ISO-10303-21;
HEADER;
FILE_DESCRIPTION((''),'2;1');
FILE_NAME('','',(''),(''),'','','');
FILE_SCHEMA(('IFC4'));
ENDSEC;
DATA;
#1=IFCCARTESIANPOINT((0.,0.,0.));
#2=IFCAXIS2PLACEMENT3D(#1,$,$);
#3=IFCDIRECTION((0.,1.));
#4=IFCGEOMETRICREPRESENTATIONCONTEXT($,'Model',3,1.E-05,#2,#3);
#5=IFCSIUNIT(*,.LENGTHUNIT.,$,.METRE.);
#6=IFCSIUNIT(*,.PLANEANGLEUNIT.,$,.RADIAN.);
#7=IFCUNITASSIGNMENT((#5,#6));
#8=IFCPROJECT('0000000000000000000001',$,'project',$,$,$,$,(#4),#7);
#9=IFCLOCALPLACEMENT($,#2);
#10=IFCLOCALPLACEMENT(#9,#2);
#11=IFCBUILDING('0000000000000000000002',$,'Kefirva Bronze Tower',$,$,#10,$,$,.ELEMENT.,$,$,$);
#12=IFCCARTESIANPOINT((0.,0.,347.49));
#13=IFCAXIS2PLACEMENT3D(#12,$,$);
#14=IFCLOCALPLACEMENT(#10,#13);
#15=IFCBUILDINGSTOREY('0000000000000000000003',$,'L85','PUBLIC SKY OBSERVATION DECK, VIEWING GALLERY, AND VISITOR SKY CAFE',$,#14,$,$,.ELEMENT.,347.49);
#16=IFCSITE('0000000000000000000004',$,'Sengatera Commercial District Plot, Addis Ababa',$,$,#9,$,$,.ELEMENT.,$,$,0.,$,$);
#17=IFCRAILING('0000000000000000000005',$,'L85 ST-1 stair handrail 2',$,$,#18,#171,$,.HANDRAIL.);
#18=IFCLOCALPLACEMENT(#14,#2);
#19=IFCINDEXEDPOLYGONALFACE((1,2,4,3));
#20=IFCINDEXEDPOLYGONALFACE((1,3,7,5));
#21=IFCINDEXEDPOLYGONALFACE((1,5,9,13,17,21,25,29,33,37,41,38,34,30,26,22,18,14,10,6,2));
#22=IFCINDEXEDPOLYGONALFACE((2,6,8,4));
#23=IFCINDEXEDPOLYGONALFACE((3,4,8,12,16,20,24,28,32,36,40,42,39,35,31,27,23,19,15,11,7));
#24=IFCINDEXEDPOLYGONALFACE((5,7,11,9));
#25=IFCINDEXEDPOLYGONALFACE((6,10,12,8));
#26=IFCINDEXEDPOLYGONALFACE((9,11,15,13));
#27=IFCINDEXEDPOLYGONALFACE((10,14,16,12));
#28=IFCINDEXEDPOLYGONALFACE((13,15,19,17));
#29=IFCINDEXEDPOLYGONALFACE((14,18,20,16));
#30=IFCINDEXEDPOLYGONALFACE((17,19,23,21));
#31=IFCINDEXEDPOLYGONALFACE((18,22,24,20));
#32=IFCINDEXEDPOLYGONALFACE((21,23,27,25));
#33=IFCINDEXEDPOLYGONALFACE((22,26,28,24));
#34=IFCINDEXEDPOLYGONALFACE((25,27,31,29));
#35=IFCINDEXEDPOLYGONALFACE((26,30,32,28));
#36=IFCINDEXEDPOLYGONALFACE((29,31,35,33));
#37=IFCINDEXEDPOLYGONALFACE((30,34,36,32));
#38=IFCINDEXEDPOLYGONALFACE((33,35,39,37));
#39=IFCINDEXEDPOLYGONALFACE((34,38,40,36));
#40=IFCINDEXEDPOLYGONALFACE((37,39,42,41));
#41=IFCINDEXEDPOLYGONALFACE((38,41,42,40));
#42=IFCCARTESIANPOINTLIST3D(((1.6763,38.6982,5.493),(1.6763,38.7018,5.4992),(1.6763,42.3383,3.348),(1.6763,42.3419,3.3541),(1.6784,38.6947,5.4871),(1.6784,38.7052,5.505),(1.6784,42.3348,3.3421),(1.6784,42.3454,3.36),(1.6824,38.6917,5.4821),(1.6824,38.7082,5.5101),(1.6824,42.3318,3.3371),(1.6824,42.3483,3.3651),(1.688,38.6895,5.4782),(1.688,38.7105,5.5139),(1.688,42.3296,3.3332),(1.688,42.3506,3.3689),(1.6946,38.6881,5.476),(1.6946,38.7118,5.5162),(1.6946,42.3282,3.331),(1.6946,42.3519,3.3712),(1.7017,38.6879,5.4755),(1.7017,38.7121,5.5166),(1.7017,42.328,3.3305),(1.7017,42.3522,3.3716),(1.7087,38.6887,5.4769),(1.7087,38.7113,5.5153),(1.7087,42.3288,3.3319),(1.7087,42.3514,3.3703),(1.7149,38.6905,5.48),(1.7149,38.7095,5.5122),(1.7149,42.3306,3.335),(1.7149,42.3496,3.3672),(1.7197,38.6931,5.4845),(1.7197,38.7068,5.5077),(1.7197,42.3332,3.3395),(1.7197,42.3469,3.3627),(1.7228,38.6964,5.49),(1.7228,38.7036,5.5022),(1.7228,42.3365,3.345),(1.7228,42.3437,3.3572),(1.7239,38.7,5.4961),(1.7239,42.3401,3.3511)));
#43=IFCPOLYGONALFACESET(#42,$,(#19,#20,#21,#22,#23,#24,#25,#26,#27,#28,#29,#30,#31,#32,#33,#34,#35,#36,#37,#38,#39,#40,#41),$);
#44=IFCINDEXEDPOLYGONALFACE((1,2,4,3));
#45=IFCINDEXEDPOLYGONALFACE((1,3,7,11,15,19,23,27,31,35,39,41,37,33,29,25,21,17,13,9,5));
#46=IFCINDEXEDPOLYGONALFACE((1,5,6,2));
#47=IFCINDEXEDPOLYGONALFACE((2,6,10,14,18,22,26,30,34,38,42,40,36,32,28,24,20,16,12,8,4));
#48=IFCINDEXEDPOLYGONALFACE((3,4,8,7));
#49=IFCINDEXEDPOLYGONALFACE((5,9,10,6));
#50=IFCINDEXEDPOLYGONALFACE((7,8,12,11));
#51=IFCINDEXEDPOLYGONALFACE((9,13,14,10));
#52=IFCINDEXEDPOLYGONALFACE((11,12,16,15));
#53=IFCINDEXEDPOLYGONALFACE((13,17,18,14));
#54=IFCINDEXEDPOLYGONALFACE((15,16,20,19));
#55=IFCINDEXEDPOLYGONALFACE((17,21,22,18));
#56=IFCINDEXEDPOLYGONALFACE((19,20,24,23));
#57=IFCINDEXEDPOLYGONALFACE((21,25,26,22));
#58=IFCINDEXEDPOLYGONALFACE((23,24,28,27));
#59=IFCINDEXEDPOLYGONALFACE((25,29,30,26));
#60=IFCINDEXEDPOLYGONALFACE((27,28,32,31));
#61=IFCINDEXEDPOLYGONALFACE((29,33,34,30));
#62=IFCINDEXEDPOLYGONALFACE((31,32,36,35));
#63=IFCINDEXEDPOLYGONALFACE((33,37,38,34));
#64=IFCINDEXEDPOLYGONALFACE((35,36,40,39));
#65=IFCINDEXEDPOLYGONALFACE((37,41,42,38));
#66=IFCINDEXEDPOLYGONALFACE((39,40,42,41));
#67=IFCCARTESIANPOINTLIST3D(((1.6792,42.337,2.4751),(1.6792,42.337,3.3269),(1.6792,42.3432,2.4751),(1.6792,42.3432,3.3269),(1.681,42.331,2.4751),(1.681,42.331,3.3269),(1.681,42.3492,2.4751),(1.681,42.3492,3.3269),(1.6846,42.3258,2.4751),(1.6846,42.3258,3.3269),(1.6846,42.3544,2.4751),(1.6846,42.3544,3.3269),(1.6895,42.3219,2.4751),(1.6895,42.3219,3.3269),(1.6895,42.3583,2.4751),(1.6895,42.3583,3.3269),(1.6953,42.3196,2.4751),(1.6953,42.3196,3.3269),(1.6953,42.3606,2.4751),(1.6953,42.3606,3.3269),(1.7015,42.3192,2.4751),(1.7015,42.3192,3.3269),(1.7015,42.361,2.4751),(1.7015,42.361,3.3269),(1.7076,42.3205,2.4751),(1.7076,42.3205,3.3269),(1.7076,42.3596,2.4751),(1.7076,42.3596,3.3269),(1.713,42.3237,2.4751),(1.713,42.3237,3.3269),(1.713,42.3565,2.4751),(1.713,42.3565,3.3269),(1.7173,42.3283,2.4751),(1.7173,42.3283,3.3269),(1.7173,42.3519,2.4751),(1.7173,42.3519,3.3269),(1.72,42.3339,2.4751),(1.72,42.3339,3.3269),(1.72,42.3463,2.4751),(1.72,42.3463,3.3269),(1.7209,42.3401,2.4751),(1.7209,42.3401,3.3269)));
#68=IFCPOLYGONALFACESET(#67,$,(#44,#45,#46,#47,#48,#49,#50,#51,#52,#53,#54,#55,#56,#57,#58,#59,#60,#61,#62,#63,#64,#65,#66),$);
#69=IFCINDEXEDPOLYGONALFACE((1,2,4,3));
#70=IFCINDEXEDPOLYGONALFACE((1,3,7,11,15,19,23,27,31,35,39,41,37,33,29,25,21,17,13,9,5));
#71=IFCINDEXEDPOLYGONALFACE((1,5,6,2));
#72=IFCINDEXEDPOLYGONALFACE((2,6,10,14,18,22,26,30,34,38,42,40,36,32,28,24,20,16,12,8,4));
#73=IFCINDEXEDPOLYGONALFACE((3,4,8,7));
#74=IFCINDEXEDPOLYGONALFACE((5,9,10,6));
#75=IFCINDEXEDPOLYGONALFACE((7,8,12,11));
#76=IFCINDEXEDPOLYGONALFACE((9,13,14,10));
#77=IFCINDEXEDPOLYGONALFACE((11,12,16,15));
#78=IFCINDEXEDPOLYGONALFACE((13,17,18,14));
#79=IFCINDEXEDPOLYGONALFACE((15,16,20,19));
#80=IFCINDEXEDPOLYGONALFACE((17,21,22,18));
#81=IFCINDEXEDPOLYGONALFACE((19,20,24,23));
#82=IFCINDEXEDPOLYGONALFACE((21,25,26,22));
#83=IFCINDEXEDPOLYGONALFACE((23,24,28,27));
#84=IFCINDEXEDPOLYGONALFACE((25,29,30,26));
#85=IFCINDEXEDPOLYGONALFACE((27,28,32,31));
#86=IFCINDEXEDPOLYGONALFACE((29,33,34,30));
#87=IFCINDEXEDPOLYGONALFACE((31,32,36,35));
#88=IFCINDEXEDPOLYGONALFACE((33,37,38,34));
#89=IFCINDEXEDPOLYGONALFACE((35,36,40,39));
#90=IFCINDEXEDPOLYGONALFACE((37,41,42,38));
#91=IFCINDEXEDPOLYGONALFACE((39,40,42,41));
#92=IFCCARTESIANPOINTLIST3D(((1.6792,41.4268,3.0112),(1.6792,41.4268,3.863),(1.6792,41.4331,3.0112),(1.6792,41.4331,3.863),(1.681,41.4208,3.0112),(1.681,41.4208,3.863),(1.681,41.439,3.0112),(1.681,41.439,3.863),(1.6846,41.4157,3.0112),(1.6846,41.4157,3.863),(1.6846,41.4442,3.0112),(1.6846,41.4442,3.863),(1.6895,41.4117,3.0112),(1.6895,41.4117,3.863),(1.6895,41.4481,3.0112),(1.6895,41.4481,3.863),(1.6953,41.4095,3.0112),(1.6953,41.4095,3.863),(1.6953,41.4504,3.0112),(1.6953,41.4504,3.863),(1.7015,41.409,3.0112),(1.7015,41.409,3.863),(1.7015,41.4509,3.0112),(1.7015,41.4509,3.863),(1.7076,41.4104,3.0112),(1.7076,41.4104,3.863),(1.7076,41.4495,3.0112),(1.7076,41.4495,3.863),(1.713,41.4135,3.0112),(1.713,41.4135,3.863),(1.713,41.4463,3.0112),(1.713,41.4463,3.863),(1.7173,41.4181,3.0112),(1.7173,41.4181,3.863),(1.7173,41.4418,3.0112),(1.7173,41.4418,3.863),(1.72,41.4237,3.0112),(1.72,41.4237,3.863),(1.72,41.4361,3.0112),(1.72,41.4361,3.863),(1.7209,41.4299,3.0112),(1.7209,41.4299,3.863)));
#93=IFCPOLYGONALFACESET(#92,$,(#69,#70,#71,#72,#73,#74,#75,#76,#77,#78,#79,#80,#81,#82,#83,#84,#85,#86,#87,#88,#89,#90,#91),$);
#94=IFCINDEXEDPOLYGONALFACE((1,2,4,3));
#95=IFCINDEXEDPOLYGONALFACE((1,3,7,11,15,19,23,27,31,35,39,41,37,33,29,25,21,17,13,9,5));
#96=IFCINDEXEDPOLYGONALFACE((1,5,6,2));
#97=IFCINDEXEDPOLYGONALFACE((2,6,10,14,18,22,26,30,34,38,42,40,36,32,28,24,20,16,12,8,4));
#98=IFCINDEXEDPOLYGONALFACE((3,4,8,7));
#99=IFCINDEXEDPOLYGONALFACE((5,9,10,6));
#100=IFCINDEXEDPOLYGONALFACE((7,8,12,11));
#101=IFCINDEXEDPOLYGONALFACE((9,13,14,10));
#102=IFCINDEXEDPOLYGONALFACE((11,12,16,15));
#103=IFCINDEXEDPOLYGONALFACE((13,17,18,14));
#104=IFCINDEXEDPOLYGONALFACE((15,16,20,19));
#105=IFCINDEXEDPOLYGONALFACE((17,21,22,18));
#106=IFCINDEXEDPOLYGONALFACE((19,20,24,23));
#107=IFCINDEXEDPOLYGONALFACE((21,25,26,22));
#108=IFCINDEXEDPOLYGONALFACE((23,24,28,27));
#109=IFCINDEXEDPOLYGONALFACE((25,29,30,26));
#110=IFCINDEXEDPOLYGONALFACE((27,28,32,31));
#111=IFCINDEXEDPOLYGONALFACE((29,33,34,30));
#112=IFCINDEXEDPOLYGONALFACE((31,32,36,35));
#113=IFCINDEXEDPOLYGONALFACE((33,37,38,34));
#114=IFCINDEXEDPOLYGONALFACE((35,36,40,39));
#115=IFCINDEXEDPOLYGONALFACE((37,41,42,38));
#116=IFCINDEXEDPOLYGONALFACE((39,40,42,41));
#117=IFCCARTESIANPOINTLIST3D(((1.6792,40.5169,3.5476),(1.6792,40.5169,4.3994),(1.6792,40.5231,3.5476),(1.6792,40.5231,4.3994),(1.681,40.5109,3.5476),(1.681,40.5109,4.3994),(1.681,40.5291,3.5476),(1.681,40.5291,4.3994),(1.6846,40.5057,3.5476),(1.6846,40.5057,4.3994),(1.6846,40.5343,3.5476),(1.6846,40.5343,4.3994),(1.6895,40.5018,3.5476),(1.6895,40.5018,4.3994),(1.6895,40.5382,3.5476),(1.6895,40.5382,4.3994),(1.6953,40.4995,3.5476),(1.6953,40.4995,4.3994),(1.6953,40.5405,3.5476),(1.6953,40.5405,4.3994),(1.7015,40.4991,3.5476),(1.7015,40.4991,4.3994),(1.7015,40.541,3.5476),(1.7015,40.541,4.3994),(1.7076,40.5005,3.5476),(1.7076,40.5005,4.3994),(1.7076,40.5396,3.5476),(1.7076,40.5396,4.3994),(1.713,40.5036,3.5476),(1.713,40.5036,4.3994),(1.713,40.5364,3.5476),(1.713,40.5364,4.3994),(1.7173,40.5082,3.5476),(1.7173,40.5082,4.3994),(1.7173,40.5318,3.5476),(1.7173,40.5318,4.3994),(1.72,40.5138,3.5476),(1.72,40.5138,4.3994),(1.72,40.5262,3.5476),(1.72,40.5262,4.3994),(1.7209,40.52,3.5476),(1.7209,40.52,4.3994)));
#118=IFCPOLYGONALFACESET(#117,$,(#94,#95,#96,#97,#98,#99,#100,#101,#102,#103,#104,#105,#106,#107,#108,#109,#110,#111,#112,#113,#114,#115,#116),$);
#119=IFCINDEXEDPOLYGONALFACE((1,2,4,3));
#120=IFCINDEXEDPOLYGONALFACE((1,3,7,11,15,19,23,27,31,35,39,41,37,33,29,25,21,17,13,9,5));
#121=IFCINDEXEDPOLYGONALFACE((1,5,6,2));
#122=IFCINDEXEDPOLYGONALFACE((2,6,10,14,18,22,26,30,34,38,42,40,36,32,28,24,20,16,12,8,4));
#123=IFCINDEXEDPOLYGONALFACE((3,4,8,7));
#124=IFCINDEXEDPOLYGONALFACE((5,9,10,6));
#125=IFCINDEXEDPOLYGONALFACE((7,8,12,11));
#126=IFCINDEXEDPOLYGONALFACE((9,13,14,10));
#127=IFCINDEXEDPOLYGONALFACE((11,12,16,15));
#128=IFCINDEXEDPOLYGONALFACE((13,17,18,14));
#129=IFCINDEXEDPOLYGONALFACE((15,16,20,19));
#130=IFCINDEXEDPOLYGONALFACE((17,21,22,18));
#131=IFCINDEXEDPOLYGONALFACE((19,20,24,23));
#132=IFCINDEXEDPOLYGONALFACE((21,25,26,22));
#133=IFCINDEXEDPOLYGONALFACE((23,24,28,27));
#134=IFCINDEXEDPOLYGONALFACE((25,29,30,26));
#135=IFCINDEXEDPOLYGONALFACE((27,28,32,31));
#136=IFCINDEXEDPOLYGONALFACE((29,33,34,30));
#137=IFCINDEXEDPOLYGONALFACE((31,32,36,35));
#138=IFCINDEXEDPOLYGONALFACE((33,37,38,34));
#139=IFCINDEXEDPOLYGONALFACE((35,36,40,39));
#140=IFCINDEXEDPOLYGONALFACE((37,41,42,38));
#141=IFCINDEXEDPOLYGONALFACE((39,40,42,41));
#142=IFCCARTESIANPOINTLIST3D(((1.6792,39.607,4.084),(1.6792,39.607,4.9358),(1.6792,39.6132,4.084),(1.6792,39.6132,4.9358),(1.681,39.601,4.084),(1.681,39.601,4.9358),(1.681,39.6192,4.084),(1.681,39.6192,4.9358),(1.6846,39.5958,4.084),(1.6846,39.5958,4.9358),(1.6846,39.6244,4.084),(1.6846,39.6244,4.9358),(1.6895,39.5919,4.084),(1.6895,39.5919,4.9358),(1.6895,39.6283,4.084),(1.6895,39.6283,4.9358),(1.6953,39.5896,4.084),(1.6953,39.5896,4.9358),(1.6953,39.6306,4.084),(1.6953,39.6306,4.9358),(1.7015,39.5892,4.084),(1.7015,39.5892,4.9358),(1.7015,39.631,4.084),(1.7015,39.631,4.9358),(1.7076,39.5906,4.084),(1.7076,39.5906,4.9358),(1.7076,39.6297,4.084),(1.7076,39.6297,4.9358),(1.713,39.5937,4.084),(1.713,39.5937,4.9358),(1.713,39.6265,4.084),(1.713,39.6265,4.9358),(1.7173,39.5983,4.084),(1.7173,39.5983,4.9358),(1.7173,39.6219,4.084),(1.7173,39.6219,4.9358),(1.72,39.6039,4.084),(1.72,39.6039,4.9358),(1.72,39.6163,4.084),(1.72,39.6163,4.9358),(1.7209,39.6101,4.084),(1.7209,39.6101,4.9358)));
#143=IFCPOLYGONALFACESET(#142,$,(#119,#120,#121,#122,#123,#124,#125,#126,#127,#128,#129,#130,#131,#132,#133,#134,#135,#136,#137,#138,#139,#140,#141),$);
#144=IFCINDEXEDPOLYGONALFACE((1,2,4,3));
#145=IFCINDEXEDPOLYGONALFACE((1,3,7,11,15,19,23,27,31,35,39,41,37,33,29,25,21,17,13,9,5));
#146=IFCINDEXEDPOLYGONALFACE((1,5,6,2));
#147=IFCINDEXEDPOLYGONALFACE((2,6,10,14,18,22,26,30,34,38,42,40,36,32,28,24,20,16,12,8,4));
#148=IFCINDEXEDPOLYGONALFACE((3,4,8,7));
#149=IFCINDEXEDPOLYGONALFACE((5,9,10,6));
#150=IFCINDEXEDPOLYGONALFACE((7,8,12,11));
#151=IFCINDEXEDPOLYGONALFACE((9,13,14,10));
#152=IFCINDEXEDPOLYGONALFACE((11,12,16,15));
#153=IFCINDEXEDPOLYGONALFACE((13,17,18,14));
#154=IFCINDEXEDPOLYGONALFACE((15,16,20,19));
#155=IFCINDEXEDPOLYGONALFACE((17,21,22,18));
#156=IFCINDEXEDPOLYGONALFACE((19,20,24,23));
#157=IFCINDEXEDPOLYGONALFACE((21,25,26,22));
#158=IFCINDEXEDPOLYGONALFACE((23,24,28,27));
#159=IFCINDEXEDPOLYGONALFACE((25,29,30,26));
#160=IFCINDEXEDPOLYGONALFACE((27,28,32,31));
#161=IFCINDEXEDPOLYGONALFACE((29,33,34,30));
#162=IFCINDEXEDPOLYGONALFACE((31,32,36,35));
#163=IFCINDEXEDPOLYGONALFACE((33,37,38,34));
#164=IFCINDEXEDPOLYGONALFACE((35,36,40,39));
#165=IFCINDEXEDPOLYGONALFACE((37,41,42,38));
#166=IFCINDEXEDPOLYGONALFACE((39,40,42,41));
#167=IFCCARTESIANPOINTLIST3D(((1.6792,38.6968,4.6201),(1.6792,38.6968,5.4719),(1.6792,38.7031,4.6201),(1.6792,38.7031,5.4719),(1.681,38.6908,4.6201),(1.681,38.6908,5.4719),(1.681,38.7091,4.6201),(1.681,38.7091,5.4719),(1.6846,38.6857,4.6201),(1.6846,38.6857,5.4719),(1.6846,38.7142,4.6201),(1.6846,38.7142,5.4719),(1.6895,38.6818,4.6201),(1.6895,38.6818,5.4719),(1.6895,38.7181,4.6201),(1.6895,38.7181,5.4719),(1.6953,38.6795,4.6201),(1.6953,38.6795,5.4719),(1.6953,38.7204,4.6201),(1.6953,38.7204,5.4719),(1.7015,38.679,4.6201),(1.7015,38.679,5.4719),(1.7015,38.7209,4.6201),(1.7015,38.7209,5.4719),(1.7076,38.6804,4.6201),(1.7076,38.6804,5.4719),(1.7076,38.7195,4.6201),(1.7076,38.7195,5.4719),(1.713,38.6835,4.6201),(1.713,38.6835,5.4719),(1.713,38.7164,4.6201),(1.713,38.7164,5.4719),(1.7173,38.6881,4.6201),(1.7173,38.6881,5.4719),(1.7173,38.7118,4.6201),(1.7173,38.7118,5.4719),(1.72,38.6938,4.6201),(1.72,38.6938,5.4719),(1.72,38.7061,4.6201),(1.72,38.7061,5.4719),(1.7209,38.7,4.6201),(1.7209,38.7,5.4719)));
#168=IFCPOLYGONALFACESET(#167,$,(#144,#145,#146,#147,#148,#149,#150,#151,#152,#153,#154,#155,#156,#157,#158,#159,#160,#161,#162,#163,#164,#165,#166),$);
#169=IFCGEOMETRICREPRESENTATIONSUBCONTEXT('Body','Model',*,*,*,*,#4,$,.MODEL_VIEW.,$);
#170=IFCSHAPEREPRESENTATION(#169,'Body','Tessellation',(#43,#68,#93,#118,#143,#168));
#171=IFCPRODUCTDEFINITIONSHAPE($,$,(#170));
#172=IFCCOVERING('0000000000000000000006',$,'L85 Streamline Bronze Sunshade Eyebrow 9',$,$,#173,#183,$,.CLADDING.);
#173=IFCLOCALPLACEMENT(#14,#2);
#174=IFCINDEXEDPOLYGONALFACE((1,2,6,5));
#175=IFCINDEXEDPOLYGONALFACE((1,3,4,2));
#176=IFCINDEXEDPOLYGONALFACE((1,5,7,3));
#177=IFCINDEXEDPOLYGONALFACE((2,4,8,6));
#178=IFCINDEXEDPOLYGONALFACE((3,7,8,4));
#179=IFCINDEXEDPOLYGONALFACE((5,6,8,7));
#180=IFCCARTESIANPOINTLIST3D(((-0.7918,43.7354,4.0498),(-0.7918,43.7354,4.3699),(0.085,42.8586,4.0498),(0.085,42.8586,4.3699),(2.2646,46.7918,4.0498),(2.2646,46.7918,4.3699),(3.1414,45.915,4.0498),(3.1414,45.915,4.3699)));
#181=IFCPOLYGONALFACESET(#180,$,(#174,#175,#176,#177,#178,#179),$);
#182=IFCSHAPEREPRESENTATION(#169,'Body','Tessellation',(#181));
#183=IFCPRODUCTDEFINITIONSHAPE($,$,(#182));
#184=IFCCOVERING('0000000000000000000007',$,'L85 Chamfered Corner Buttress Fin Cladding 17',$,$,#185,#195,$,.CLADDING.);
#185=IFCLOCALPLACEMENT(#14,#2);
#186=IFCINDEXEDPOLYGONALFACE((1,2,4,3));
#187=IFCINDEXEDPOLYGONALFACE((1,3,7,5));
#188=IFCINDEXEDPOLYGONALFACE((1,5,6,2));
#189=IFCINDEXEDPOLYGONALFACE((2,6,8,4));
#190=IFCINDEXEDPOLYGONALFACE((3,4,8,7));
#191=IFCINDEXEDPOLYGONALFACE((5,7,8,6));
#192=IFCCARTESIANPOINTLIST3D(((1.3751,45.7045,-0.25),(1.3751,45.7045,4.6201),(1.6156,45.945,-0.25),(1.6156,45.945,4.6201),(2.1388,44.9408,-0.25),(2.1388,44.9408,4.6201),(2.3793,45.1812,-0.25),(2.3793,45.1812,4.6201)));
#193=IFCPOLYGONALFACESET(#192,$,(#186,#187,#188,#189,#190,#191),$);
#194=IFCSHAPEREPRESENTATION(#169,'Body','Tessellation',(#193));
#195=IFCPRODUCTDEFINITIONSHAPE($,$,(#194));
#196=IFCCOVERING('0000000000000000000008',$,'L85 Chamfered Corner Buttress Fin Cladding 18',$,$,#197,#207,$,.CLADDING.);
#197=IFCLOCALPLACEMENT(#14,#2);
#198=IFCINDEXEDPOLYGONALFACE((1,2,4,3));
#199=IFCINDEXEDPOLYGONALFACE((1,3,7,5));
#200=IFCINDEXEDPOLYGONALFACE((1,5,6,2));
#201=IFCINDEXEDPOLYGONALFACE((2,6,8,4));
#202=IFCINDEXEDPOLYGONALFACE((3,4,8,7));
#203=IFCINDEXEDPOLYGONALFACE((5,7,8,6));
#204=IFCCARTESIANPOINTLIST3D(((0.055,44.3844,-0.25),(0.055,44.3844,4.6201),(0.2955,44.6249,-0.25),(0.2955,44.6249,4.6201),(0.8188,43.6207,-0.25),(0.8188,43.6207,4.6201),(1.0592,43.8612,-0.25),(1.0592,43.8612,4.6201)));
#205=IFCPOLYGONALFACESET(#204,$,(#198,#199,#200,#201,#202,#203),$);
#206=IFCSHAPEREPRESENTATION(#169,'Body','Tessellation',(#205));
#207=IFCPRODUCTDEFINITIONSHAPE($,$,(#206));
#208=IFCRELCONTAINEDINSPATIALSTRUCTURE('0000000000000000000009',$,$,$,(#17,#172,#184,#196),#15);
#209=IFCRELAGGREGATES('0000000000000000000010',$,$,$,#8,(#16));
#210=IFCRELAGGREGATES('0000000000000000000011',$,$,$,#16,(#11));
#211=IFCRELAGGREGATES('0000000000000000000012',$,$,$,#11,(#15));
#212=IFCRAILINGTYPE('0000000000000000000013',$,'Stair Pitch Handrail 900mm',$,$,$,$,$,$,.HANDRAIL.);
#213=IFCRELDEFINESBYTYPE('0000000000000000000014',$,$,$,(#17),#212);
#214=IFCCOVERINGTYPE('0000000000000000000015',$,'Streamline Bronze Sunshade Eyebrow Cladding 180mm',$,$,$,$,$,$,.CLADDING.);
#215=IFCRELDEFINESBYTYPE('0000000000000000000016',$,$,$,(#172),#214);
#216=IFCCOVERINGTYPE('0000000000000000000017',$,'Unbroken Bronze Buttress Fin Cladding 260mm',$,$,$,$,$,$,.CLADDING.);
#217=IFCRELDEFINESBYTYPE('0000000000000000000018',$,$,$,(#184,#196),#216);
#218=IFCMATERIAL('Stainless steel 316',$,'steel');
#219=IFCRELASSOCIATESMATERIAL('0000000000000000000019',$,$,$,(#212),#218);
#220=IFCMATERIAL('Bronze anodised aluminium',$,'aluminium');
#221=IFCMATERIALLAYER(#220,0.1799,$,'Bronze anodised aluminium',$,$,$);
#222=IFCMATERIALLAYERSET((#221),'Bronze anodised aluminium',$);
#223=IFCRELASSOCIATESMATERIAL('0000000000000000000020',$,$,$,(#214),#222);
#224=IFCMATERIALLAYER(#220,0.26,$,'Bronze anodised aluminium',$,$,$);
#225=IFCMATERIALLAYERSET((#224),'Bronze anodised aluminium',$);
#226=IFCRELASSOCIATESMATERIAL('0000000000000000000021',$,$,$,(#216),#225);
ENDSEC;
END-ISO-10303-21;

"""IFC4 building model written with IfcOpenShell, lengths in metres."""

from ifc_helpers import new_model, si_unit, direction, frame, origin, origin_2d, place, context, subcontext, project, spatial, rectangle, circle, extrude, material, layer, layer_set, type_object, element, save


model = new_model("IFC4")

# Units and contexts
model_context = context("Model", 3, precision=1e-05, world=origin(), true_north=direction((0.0, 1.0)))
body_context = subcontext(model_context, "Body", "Model", "MODEL_VIEW")
ifc_project = project(units=[si_unit("LENGTHUNIT", "METRE"), si_unit("PLANEANGLEUNIT", "RADIAN")], contexts=[model_context])

# Site, building, storey
site_placement = place(None, origin())
site = spatial("IfcSite", under=ifc_project, at=site_placement, Name="Sengatera Commercial District Plot, Addis Ababa", CompositionType="ELEMENT", RefElevation=0.0)
building_placement = place(site_placement, origin())
building = spatial("IfcBuilding", under=site, at=building_placement, Name="Kefirva Bronze Tower", CompositionType="ELEMENT")
storey_placement = place(building_placement, frame((0.0, 0.0, 347.49)))
storey = spatial("IfcBuildingStorey", under=building, at=storey_placement, Name="L85", Description="PUBLIC SKY OBSERVATION DECK, VIEWING GALLERY, AND VISITOR SKY CAFE", CompositionType="ELEMENT", Elevation=347.49)

# Shared definitions
ifc_material_1 = material(Name="Bronze anodised aluminium", Category="aluminium")

# Railing
ifc_material_2 = material(Name="Stainless steel 316", Category="steel")
railing_type_1 = type_object("IfcRailingType", Name="Stair Pitch Handrail 900mm", PredefinedType="HANDRAIL", material=ifc_material_2)
railing_1_placement = place(storey_placement, frame((1.7, 42.3401, 2.4751)))
element("IfcRailing", 1, at=railing_1_placement, inside=storey, type_object=railing_type_1, Name="L85 ST-1 stair handrail 2", PredefinedType="HANDRAIL", context=body_context, shape_type="SweptSolid", body=[
    extrude(circle(Radius=0.0239, at=origin_2d()), frame((0.0, 0.0, 0.876), z_axis=(0.0, -0.861545, 0.507682), x_axis=(1.0, 0.0, 0.0)), (0.0, 0.0, 1.0), 4.2251),
    extrude(circle(Radius=0.021, at=origin_2d()), origin(), (0.0, 0.0, 1.0), 0.8518),
    extrude(circle(Radius=0.021, at=origin_2d()), frame((0.0, -0.9102, 0.5361)), (0.0, 0.0, 1.0), 0.8518),
    extrude(circle(Radius=0.021, at=origin_2d()), frame((0.0, -1.8201, 1.0725)), (0.0, 0.0, 1.0), 0.8518),
    extrude(circle(Radius=0.021, at=origin_2d()), frame((0.0, -2.73, 1.6089)), (0.0, 0.0, 1.0), 0.8518),
    extrude(circle(Radius=0.021, at=origin_2d()), frame((0.0, -3.6401, 2.145)), (0.0, 0.0, 1.0), 0.8518),
])

# Coverings
ifc_layer_1 = layer(ifc_material_1, 0.1799, Name="Bronze anodised aluminium")
ifc_layer_set_1 = layer_set([ifc_layer_1], Name="Bronze anodised aluminium")
covering_type_1 = type_object("IfcCoveringType", Name="Streamline Bronze Sunshade Eyebrow Cladding 180mm", PredefinedType="CLADDING", material=ifc_layer_set_1)
covering_1_placement = place(storey_placement, frame((1.1748, 44.8252, 4.0498), z_axis=(0.0, 0.0, 1.0), x_axis=(-0.707107, -0.707107, 0.0)))
element("IfcCovering", 2, at=covering_1_placement, inside=storey, type_object=covering_type_1, Name="L85 Streamline Bronze Sunshade Eyebrow 9", PredefinedType="CLADDING", context=body_context, shape_type="SweptSolid", body=[
    extrude(rectangle(XDim=4.3225, YDim=1.24, at=origin_2d()), origin(), (0.0, 0.0, 1.0), 0.3201),
])
ifc_layer_2 = layer(ifc_material_1, 0.26, Name="Bronze anodised aluminium")
ifc_layer_set_2 = layer_set([ifc_layer_2], Name="Bronze anodised aluminium")
covering_type_2 = type_object("IfcCoveringType", Name="Unbroken Bronze Buttress Fin Cladding 260mm", PredefinedType="CLADDING", material=ifc_layer_set_2)
for number, where, z_axis, x_axis, name in (
    (3, (1.8772, 45.4429, -0.25), (0.0, 0.0, 1.0), (-0.707107, -0.707107, 0.0), "L85 Chamfered Corner Buttress Fin Cladding 17"),
    (4, (0.5571, 44.1228, -0.25), (0.0, 0.0, 1.0), (-0.707107, -0.707107, 0.0), "L85 Chamfered Corner Buttress Fin Cladding 18"),
):
    element("IfcCovering", number, at=place(storey_placement, frame(where, z_axis=z_axis, x_axis=x_axis)), inside=storey, type_object=covering_type_2, Name=name, PredefinedType="CLADDING", context=body_context, shape_type="SweptSolid", body=[
        extrude(rectangle(XDim=0.3401, YDim=1.0801, at=origin_2d()), origin(), (0.0, 0.0, 1.0), 4.8701),
    ])

save(model, "model.ifc")
